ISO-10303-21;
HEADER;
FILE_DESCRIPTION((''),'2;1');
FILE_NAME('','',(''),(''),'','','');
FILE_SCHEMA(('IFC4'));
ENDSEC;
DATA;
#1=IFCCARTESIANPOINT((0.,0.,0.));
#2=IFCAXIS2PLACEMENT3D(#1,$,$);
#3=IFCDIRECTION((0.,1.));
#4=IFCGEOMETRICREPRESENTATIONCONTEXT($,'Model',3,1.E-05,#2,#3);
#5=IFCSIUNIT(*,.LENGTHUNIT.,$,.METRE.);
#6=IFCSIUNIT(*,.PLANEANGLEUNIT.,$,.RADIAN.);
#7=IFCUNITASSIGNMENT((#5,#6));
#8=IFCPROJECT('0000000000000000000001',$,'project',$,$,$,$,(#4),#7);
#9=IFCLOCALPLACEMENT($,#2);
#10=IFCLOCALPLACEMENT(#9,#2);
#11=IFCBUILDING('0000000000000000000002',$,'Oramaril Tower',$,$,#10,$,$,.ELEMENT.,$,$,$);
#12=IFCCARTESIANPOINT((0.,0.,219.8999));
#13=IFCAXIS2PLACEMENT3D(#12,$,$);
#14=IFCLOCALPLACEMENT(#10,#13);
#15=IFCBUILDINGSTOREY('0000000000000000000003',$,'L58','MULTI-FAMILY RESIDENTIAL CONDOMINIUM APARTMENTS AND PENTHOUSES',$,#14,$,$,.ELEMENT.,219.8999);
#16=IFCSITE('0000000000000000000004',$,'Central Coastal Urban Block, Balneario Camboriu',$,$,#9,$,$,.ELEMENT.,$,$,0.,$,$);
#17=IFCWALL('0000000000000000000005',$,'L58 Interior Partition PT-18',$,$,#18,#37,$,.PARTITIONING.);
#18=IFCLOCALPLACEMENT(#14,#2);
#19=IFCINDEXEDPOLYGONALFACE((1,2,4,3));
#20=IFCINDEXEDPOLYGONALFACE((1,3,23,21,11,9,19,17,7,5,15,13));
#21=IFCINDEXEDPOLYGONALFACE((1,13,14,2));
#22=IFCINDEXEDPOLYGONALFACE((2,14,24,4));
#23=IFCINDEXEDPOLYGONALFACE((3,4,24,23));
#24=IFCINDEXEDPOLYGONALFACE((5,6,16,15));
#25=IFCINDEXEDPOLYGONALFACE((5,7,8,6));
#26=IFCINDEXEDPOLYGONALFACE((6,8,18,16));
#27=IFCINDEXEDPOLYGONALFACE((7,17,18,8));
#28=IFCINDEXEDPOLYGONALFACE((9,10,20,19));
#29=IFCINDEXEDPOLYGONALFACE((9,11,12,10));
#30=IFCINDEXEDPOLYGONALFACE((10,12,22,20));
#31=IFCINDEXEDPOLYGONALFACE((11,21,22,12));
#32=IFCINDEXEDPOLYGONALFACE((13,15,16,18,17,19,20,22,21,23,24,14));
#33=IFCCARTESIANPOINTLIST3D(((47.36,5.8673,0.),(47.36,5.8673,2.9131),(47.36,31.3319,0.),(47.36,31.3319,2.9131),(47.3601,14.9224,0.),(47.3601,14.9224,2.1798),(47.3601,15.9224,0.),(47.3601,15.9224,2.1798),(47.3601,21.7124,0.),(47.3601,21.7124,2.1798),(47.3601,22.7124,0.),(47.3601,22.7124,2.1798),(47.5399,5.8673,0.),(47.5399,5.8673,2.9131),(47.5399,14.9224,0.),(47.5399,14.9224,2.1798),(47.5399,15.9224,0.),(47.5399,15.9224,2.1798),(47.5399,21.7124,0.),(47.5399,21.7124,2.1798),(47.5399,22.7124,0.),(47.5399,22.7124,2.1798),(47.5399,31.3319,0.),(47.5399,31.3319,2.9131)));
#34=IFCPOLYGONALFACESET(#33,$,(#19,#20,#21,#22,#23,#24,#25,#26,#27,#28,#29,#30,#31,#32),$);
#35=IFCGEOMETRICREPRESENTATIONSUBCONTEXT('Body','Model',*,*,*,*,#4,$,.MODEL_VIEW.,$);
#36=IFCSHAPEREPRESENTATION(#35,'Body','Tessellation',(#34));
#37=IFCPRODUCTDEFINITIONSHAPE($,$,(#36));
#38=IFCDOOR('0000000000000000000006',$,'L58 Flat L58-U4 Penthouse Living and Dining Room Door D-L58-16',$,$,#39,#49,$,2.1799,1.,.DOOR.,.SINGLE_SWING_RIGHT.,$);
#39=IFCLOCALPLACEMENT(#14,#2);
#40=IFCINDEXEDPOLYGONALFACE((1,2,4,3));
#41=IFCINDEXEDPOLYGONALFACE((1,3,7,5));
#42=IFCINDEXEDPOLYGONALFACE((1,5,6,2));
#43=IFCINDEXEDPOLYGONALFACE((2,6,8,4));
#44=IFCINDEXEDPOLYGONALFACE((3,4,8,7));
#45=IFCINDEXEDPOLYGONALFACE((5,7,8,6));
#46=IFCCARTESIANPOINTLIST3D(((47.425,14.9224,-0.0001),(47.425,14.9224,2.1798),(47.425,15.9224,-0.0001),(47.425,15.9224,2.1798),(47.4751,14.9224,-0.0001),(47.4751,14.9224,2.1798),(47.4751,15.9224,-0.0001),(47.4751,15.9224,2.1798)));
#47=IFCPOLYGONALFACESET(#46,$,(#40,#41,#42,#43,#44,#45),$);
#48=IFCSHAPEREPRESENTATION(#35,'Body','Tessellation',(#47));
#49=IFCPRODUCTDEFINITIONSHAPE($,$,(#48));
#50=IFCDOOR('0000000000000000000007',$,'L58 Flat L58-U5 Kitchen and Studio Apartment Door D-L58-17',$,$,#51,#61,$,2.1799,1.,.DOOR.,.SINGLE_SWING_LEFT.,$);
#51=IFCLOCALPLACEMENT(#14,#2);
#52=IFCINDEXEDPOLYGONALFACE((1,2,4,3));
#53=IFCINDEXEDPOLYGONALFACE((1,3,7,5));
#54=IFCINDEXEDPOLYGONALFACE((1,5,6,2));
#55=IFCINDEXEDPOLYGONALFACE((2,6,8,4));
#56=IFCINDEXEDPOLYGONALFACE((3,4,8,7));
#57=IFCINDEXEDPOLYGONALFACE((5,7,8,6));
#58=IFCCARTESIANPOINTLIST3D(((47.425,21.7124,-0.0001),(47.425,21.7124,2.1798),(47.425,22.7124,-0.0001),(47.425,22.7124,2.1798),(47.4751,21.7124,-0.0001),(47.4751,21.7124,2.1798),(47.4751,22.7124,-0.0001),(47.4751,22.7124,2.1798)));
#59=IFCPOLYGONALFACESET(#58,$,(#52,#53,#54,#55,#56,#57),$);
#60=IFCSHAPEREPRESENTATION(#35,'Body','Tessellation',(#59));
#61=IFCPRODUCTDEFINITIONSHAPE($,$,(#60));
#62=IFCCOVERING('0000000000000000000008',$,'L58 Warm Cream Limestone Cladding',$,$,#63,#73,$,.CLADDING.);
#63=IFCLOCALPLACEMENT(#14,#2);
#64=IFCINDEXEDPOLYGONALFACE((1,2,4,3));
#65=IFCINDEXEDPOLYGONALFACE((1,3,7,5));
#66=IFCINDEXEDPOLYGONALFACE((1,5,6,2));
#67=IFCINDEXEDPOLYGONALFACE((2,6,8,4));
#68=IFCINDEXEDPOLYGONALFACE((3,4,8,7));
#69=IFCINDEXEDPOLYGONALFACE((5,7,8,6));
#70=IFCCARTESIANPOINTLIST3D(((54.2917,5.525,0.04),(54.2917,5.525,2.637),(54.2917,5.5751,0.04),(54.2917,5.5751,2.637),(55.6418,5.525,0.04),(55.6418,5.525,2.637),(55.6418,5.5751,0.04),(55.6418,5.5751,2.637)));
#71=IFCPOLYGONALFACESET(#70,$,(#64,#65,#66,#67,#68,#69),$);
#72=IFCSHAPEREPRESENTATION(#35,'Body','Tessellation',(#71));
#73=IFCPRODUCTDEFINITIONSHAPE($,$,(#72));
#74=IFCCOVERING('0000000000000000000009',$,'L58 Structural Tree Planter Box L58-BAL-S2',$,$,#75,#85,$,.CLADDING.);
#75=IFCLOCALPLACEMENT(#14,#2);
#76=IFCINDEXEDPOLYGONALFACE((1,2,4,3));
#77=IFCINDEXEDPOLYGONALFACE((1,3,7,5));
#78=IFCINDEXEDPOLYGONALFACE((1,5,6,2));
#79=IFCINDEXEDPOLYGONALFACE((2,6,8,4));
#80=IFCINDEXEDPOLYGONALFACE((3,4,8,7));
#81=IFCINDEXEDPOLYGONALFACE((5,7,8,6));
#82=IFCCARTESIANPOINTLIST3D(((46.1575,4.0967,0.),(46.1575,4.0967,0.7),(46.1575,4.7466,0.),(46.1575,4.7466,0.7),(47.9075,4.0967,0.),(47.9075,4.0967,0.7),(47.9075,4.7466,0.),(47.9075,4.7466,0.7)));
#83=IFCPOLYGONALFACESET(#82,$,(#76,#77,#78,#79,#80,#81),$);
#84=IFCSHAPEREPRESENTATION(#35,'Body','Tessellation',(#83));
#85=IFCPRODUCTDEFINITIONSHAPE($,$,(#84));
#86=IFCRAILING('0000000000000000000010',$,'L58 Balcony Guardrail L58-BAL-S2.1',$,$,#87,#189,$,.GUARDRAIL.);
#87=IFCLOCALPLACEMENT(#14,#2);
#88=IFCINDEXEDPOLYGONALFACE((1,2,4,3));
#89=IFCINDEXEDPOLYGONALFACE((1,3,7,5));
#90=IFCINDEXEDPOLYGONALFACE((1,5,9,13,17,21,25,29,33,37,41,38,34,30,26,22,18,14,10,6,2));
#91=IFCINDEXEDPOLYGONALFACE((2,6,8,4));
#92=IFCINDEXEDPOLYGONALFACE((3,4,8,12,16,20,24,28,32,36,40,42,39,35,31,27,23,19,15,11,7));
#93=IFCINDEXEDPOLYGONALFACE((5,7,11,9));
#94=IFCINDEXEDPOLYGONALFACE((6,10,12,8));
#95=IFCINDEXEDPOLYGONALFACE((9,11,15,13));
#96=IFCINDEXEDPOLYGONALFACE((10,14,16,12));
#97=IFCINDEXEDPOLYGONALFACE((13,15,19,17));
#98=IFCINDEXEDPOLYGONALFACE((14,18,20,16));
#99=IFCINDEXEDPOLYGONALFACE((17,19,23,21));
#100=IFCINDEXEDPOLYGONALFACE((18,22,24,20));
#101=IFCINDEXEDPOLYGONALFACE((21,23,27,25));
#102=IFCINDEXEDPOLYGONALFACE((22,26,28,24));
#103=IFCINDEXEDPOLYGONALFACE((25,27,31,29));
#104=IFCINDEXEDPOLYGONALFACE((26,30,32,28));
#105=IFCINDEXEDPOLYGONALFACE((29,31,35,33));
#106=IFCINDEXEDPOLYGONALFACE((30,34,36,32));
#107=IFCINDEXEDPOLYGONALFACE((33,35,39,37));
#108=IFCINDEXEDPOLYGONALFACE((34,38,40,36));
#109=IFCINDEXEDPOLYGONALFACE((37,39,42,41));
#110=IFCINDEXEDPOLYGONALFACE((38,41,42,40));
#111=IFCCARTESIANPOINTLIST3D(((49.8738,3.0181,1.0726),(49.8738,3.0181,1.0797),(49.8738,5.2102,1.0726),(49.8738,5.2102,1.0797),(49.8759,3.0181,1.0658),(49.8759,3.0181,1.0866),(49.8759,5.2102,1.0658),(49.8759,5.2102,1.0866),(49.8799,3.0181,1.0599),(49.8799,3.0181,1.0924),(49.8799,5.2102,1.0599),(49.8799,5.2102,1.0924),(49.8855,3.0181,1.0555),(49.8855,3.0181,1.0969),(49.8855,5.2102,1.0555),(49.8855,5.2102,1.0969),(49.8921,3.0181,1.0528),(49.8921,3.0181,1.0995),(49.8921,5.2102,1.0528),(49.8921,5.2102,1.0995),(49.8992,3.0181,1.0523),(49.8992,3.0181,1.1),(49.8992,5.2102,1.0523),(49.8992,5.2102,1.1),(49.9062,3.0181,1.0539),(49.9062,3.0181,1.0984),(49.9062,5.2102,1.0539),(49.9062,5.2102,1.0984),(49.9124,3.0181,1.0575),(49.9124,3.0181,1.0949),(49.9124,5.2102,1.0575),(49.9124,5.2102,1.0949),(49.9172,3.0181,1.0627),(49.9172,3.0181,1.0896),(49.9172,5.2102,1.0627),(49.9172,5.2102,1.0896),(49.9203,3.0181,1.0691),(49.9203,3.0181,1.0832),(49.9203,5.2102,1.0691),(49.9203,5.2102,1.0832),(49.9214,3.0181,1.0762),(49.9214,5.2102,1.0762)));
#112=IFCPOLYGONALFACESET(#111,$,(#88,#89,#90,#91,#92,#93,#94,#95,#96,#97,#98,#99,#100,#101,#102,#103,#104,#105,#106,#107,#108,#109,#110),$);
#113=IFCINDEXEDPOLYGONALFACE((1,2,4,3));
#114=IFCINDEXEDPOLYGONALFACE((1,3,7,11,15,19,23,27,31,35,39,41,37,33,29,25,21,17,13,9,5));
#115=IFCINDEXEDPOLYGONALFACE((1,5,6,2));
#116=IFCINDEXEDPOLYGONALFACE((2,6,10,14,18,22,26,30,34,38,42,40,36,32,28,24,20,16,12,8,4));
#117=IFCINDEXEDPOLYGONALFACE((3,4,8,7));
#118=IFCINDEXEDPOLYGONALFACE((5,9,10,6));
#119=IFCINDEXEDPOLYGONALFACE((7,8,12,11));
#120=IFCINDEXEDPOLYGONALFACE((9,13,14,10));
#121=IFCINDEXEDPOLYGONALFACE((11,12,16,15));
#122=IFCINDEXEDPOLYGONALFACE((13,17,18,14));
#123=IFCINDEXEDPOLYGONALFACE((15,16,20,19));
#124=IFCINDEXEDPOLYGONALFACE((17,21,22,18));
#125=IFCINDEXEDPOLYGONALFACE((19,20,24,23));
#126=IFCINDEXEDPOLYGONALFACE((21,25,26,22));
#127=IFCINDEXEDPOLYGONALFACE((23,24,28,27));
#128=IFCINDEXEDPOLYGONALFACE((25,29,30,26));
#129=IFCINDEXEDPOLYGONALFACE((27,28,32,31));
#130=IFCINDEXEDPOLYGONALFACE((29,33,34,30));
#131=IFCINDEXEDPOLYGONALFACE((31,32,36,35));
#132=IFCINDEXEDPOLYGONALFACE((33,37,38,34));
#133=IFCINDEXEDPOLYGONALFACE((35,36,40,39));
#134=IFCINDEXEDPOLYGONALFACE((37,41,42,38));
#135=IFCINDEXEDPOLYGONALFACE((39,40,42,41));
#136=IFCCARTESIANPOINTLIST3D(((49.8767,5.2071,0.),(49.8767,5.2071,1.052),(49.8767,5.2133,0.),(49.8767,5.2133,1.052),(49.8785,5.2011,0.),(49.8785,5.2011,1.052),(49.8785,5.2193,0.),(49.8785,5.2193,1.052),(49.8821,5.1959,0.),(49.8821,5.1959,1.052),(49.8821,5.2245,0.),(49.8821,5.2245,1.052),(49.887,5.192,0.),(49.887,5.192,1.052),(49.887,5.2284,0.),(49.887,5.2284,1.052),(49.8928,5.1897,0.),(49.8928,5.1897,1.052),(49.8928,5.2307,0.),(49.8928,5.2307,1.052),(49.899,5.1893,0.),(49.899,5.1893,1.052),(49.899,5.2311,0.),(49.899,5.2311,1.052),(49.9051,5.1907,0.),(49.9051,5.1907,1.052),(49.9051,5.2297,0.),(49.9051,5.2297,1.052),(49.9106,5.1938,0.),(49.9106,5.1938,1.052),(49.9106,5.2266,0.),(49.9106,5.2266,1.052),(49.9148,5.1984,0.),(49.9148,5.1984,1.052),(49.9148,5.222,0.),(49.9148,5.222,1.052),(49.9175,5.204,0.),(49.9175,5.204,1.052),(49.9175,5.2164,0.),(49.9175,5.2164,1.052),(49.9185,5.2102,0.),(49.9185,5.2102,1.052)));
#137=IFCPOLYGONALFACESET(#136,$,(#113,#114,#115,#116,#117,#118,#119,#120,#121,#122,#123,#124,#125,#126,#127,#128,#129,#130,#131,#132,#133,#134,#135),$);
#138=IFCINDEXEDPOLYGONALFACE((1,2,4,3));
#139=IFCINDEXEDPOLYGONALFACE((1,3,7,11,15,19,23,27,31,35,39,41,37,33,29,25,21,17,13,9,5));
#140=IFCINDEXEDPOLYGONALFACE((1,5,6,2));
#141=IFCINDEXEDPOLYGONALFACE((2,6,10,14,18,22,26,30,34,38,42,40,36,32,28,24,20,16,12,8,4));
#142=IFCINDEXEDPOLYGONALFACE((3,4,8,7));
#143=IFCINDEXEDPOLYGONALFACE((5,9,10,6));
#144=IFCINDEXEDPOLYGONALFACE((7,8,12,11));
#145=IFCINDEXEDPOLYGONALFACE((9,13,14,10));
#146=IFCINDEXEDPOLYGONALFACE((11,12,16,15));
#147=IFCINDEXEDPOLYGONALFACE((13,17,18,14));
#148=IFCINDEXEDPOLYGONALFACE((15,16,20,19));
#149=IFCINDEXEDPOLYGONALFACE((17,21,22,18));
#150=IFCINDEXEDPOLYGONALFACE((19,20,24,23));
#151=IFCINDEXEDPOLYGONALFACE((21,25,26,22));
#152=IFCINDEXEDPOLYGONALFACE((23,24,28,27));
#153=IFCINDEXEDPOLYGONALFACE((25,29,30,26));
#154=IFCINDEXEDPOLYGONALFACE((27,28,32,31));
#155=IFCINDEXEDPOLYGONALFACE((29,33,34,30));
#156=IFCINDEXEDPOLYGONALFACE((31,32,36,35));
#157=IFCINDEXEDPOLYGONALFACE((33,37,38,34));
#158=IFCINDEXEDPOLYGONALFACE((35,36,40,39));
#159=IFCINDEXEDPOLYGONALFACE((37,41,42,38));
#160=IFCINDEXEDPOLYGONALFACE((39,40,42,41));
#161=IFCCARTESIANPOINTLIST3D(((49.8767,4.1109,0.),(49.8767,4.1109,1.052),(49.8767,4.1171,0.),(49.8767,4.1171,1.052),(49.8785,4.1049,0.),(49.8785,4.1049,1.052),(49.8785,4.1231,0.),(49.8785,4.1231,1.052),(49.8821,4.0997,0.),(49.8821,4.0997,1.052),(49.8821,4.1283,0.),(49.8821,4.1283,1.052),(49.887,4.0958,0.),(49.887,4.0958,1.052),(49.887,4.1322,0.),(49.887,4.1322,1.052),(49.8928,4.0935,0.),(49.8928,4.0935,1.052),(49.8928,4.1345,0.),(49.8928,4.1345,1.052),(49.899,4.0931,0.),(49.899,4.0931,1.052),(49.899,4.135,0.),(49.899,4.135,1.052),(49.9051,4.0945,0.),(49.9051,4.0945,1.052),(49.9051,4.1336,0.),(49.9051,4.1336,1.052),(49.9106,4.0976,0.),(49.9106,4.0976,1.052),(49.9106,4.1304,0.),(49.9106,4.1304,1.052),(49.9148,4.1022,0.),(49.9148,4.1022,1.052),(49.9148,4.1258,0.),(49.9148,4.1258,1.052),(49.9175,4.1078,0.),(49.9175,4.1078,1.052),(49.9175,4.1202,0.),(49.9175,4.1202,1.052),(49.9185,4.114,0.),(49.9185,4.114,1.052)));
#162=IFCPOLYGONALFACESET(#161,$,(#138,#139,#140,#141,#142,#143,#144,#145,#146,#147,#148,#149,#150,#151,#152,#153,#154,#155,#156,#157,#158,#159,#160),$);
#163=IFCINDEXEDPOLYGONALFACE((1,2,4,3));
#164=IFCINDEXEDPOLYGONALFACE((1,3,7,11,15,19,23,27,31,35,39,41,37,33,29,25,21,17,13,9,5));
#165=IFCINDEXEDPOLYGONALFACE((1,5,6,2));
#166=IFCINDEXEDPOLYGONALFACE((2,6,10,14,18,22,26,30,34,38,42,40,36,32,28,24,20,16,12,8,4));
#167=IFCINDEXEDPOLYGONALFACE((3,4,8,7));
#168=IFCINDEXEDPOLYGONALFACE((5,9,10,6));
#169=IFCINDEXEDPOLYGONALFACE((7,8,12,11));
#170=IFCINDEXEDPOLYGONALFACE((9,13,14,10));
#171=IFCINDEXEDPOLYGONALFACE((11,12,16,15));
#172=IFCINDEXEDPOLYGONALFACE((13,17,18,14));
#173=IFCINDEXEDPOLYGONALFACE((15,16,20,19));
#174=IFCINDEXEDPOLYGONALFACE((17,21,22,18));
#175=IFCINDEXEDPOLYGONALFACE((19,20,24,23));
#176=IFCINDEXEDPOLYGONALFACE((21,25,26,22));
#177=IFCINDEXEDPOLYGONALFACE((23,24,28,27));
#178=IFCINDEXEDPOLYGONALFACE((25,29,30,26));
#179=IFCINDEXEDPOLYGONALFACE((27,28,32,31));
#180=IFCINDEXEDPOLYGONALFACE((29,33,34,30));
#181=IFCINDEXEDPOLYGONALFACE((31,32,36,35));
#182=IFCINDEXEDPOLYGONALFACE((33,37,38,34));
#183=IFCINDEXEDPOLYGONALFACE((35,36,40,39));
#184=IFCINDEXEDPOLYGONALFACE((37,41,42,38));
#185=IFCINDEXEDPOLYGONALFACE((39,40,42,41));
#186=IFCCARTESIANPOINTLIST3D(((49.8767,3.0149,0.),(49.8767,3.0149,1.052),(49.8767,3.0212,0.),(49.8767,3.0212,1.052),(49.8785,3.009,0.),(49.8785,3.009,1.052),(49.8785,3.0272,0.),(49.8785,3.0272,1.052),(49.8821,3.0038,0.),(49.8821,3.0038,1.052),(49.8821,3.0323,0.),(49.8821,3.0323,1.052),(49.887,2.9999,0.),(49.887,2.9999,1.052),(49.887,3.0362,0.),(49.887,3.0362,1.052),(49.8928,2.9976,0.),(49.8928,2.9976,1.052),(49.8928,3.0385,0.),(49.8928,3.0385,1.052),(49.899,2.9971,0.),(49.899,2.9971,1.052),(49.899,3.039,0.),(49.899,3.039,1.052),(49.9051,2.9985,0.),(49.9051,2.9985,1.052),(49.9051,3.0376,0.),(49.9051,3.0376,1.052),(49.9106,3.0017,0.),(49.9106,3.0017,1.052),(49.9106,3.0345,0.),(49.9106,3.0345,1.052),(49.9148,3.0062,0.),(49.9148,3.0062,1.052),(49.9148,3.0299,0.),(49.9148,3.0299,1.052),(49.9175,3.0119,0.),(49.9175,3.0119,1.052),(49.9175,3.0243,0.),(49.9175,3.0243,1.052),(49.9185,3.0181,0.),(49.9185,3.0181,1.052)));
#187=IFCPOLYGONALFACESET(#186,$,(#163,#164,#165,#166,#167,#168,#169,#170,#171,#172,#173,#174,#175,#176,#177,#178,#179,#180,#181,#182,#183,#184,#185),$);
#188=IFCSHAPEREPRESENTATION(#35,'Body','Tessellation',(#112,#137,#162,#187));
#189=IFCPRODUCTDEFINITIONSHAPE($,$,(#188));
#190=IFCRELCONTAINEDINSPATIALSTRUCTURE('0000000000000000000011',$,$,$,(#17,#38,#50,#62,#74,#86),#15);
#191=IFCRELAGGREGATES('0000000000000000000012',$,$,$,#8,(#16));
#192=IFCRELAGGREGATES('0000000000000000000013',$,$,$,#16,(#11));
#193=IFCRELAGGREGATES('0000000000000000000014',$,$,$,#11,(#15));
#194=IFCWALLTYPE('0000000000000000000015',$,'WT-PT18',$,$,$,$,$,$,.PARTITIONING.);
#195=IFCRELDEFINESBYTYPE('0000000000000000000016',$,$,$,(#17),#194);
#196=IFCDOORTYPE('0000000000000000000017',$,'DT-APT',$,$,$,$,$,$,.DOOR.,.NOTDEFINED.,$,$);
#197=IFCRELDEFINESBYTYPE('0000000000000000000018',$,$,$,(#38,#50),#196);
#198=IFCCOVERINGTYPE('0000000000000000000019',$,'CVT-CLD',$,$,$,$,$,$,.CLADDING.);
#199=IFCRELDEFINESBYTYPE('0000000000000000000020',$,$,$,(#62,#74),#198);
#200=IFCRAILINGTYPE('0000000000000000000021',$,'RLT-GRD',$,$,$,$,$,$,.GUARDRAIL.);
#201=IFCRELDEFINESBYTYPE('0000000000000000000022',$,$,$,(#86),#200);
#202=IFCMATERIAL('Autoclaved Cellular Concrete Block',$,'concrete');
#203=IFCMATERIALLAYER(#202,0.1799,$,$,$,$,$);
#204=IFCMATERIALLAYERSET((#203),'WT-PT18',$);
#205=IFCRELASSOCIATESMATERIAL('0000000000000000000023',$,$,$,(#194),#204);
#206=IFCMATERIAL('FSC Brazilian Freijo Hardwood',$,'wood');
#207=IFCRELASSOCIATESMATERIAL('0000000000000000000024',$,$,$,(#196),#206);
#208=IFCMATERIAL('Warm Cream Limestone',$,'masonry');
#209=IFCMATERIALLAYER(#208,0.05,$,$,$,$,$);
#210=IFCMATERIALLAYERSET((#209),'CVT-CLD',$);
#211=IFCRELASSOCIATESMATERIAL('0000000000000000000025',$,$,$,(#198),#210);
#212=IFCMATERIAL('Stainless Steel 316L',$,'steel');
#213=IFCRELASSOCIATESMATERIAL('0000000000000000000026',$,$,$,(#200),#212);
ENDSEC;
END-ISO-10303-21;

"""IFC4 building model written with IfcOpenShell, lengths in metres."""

from ifc_helpers import new_model, si_unit, direction, frame, frame_2d, origin, origin_2d, place, context, subcontext, project, spatial, rectangle, circle, extrude, material, layer, layer_set, type_object, element, fill, save


model = new_model("IFC4")

# Units and contexts
model_context = context("Model", 3, precision=1e-05, world=origin(), true_north=direction((0.0, 1.0)))
body_context = subcontext(model_context, "Body", "Model", "MODEL_VIEW")
ifc_project = project(units=[si_unit("LENGTHUNIT", "METRE"), si_unit("PLANEANGLEUNIT", "RADIAN")], contexts=[model_context])

# Site, building, storey
site_placement = place(None, origin())
site = spatial("IfcSite", under=ifc_project, at=site_placement, Name="Central Coastal Urban Block, Balneario Camboriu", CompositionType="ELEMENT", RefElevation=0.0)
building_placement = place(site_placement, origin())
building = spatial("IfcBuilding", under=site, at=building_placement, Name="Oramaril Tower", CompositionType="ELEMENT")
storey_placement = place(building_placement, frame((0.0, 0.0, 219.8999)))
storey = spatial("IfcBuildingStorey", under=building, at=storey_placement, Name="L58", Description="MULTI-FAMILY RESIDENTIAL CONDOMINIUM APARTMENTS AND PENTHOUSES", CompositionType="ELEMENT", Elevation=219.8999)

# Wall, openings, doors
ifc_material_1 = material(Name="Autoclaved Cellular Concrete Block", Category="concrete")
ifc_layer_1 = layer(ifc_material_1, 0.1799)
ifc_layer_set_1 = layer_set([ifc_layer_1], Name="WT-PT18")
wall_type_1 = type_object("IfcWallType", Name="WT-PT18", PredefinedType="PARTITIONING", material=ifc_layer_set_1)
wall_1_placement = place(storey_placement, frame((47.45, 5.8672, 0.0), z_axis=(0.0, 0.0, 1.0), x_axis=(0.0, 1.0, 0.0)))
wall_1 = element("IfcWall", 1, at=wall_1_placement, inside=storey, type_object=wall_type_1, Name="L58 Interior Partition PT-18", PredefinedType="PARTITIONING", context=body_context, shape_type="SweptSolid", body=[
    extrude(rectangle(XDim=25.4646, YDim=0.1799, at=frame_2d((12.7324, 0.0))), origin(), (0.0, 0.0, 1.0), 2.9131),
])
opening_1_placement = place(wall_1_placement, frame((9.0552, 0.0, 0.0)))
opening_1 = element("IfcOpeningElement", 2, at=opening_1_placement, cuts=wall_1, PredefinedType="OPENING", context=body_context, shape_type="SweptSolid", body=[
    extrude(rectangle(XDim=1.0, YDim=2.1799, at=frame_2d((0.5, 1.0898))), frame((0.0, 0.0898, 0.0), z_axis=(0.0, -1.0, 0.0), x_axis=(1.0, 0.0, 0.0)), (0.0, 0.0, 1.0), 0.1799),
])
opening_2_placement = place(wall_1_placement, frame((15.8452, 0.0, 0.0)))
opening_2 = element("IfcOpeningElement", 3, at=opening_2_placement, cuts=wall_1, PredefinedType="OPENING", context=body_context, shape_type="SweptSolid", body=[
    extrude(rectangle(XDim=1.0, YDim=2.1799, at=frame_2d((0.5, 1.0898))), frame((0.0, 0.0898, 0.0), z_axis=(0.0, -1.0, 0.0), x_axis=(1.0, 0.0, 0.0)), (0.0, 0.0, 1.0), 0.1799),
])
ifc_material_2 = material(Name="FSC Brazilian Freijo Hardwood", Category="wood")
door_type = type_object("IfcDoorType", Name="DT-APT", OperationType="NOTDEFINED", PredefinedType="DOOR", material=ifc_material_2)
door_1_placement = place(opening_1_placement, origin())
door_1 = element("IfcDoor", 4, at=door_1_placement, inside=storey, type_object=door_type, Name="L58 Flat L58-U4 Penthouse Living and Dining Room Door D-L58-16", OperationType="SINGLE_SWING_RIGHT", OverallHeight=2.1799, OverallWidth=1.0, PredefinedType="DOOR", context=body_context, shape_type="SweptSolid", body=[
    extrude(rectangle(XDim=1.0, YDim=2.1799, at=frame_2d((0.5, 1.0898))), frame((0.0, 0.0249, 0.0), z_axis=(0.0, -1.0, 0.0), x_axis=(1.0, 0.0, 0.0)), (0.0, 0.0, 1.0), 0.05),
])
fill(opening_1, door_1)
door_2_placement = place(opening_2_placement, origin())
door_2 = element("IfcDoor", 5, at=door_2_placement, inside=storey, type_object=door_type, Name="L58 Flat L58-U5 Kitchen and Studio Apartment Door D-L58-17", OperationType="SINGLE_SWING_LEFT", OverallHeight=2.1799, OverallWidth=1.0, PredefinedType="DOOR", context=body_context, shape_type="SweptSolid", body=[
    extrude(rectangle(XDim=1.0, YDim=2.1799, at=frame_2d((0.5, 1.0898))), frame((0.0, 0.0249, 0.0), z_axis=(0.0, -1.0, 0.0), x_axis=(1.0, 0.0, 0.0)), (0.0, 0.0, 1.0), 0.05),
])
fill(opening_2, door_2)

# Coverings
ifc_material_3 = material(Name="Warm Cream Limestone", Category="masonry")
ifc_layer_2 = layer(ifc_material_3, 0.05)
ifc_layer_set_2 = layer_set([ifc_layer_2], Name="CVT-CLD")
covering_type = type_object("IfcCoveringType", Name="CVT-CLD", PredefinedType="CLADDING", material=ifc_layer_set_2)
covering_1_placement = place(storey_placement, frame((54.9668, 5.55, 0.04), z_axis=(0.0, 0.0, 1.0), x_axis=(1.0, 0.0, 0.0)))
element("IfcCovering", 6, at=covering_1_placement, inside=storey, type_object=covering_type, Name="L58 Warm Cream Limestone Cladding", PredefinedType="CLADDING", context=body_context, shape_type="SweptSolid", body=[
    extrude(rectangle(XDim=1.3501, YDim=0.05, at=origin_2d()), origin(), (0.0, 0.0, 1.0), 2.5969),
])
covering_2_placement = place(storey_placement, frame((47.0325, 4.4216, 0.0), z_axis=(0.0, 0.0, 1.0), x_axis=(1.0, 0.0, 0.0)))
element("IfcCovering", 7, at=covering_2_placement, inside=storey, type_object=covering_type, Name="L58 Structural Tree Planter Box L58-BAL-S2", PredefinedType="CLADDING", context=body_context, shape_type="SweptSolid", body=[
    extrude(rectangle(XDim=1.75, YDim=0.6499, at=origin_2d()), origin(), (0.0, 0.0, 1.0), 0.7),
])

# Railing
ifc_material_4 = material(Name="Stainless Steel 316L", Category="steel")
railing_type = type_object("IfcRailingType", Name="RLT-GRD", PredefinedType="GUARDRAIL", material=ifc_material_4)
railing_1_placement = place(storey_placement, frame((49.8975, 5.2102, 0.0)))
element("IfcRailing", 8, at=railing_1_placement, inside=storey, type_object=railing_type, Name="L58 Balcony Guardrail L58-BAL-S2.1", PredefinedType="GUARDRAIL", context=body_context, shape_type="SweptSolid", body=[
    extrude(circle(Radius=0.0239, at=origin_2d()), frame((0.0, 0.0, 1.0762), z_axis=(0.0, -1.0, 0.0), x_axis=(1.0, 0.0, 0.0)), (0.0, 0.0, 1.0), 2.1921),
    extrude(circle(Radius=0.021, at=origin_2d()), origin(), (0.0, 0.0, 1.0), 1.052),
    extrude(circle(Radius=0.021, at=origin_2d()), frame((0.0, -1.0962, 0.0)), (0.0, 0.0, 1.0), 1.052),
    extrude(circle(Radius=0.021, at=origin_2d()), frame((0.0, -2.1921, 0.0)), (0.0, 0.0, 1.0), 1.052),
])

save(model, "model.ifc")
